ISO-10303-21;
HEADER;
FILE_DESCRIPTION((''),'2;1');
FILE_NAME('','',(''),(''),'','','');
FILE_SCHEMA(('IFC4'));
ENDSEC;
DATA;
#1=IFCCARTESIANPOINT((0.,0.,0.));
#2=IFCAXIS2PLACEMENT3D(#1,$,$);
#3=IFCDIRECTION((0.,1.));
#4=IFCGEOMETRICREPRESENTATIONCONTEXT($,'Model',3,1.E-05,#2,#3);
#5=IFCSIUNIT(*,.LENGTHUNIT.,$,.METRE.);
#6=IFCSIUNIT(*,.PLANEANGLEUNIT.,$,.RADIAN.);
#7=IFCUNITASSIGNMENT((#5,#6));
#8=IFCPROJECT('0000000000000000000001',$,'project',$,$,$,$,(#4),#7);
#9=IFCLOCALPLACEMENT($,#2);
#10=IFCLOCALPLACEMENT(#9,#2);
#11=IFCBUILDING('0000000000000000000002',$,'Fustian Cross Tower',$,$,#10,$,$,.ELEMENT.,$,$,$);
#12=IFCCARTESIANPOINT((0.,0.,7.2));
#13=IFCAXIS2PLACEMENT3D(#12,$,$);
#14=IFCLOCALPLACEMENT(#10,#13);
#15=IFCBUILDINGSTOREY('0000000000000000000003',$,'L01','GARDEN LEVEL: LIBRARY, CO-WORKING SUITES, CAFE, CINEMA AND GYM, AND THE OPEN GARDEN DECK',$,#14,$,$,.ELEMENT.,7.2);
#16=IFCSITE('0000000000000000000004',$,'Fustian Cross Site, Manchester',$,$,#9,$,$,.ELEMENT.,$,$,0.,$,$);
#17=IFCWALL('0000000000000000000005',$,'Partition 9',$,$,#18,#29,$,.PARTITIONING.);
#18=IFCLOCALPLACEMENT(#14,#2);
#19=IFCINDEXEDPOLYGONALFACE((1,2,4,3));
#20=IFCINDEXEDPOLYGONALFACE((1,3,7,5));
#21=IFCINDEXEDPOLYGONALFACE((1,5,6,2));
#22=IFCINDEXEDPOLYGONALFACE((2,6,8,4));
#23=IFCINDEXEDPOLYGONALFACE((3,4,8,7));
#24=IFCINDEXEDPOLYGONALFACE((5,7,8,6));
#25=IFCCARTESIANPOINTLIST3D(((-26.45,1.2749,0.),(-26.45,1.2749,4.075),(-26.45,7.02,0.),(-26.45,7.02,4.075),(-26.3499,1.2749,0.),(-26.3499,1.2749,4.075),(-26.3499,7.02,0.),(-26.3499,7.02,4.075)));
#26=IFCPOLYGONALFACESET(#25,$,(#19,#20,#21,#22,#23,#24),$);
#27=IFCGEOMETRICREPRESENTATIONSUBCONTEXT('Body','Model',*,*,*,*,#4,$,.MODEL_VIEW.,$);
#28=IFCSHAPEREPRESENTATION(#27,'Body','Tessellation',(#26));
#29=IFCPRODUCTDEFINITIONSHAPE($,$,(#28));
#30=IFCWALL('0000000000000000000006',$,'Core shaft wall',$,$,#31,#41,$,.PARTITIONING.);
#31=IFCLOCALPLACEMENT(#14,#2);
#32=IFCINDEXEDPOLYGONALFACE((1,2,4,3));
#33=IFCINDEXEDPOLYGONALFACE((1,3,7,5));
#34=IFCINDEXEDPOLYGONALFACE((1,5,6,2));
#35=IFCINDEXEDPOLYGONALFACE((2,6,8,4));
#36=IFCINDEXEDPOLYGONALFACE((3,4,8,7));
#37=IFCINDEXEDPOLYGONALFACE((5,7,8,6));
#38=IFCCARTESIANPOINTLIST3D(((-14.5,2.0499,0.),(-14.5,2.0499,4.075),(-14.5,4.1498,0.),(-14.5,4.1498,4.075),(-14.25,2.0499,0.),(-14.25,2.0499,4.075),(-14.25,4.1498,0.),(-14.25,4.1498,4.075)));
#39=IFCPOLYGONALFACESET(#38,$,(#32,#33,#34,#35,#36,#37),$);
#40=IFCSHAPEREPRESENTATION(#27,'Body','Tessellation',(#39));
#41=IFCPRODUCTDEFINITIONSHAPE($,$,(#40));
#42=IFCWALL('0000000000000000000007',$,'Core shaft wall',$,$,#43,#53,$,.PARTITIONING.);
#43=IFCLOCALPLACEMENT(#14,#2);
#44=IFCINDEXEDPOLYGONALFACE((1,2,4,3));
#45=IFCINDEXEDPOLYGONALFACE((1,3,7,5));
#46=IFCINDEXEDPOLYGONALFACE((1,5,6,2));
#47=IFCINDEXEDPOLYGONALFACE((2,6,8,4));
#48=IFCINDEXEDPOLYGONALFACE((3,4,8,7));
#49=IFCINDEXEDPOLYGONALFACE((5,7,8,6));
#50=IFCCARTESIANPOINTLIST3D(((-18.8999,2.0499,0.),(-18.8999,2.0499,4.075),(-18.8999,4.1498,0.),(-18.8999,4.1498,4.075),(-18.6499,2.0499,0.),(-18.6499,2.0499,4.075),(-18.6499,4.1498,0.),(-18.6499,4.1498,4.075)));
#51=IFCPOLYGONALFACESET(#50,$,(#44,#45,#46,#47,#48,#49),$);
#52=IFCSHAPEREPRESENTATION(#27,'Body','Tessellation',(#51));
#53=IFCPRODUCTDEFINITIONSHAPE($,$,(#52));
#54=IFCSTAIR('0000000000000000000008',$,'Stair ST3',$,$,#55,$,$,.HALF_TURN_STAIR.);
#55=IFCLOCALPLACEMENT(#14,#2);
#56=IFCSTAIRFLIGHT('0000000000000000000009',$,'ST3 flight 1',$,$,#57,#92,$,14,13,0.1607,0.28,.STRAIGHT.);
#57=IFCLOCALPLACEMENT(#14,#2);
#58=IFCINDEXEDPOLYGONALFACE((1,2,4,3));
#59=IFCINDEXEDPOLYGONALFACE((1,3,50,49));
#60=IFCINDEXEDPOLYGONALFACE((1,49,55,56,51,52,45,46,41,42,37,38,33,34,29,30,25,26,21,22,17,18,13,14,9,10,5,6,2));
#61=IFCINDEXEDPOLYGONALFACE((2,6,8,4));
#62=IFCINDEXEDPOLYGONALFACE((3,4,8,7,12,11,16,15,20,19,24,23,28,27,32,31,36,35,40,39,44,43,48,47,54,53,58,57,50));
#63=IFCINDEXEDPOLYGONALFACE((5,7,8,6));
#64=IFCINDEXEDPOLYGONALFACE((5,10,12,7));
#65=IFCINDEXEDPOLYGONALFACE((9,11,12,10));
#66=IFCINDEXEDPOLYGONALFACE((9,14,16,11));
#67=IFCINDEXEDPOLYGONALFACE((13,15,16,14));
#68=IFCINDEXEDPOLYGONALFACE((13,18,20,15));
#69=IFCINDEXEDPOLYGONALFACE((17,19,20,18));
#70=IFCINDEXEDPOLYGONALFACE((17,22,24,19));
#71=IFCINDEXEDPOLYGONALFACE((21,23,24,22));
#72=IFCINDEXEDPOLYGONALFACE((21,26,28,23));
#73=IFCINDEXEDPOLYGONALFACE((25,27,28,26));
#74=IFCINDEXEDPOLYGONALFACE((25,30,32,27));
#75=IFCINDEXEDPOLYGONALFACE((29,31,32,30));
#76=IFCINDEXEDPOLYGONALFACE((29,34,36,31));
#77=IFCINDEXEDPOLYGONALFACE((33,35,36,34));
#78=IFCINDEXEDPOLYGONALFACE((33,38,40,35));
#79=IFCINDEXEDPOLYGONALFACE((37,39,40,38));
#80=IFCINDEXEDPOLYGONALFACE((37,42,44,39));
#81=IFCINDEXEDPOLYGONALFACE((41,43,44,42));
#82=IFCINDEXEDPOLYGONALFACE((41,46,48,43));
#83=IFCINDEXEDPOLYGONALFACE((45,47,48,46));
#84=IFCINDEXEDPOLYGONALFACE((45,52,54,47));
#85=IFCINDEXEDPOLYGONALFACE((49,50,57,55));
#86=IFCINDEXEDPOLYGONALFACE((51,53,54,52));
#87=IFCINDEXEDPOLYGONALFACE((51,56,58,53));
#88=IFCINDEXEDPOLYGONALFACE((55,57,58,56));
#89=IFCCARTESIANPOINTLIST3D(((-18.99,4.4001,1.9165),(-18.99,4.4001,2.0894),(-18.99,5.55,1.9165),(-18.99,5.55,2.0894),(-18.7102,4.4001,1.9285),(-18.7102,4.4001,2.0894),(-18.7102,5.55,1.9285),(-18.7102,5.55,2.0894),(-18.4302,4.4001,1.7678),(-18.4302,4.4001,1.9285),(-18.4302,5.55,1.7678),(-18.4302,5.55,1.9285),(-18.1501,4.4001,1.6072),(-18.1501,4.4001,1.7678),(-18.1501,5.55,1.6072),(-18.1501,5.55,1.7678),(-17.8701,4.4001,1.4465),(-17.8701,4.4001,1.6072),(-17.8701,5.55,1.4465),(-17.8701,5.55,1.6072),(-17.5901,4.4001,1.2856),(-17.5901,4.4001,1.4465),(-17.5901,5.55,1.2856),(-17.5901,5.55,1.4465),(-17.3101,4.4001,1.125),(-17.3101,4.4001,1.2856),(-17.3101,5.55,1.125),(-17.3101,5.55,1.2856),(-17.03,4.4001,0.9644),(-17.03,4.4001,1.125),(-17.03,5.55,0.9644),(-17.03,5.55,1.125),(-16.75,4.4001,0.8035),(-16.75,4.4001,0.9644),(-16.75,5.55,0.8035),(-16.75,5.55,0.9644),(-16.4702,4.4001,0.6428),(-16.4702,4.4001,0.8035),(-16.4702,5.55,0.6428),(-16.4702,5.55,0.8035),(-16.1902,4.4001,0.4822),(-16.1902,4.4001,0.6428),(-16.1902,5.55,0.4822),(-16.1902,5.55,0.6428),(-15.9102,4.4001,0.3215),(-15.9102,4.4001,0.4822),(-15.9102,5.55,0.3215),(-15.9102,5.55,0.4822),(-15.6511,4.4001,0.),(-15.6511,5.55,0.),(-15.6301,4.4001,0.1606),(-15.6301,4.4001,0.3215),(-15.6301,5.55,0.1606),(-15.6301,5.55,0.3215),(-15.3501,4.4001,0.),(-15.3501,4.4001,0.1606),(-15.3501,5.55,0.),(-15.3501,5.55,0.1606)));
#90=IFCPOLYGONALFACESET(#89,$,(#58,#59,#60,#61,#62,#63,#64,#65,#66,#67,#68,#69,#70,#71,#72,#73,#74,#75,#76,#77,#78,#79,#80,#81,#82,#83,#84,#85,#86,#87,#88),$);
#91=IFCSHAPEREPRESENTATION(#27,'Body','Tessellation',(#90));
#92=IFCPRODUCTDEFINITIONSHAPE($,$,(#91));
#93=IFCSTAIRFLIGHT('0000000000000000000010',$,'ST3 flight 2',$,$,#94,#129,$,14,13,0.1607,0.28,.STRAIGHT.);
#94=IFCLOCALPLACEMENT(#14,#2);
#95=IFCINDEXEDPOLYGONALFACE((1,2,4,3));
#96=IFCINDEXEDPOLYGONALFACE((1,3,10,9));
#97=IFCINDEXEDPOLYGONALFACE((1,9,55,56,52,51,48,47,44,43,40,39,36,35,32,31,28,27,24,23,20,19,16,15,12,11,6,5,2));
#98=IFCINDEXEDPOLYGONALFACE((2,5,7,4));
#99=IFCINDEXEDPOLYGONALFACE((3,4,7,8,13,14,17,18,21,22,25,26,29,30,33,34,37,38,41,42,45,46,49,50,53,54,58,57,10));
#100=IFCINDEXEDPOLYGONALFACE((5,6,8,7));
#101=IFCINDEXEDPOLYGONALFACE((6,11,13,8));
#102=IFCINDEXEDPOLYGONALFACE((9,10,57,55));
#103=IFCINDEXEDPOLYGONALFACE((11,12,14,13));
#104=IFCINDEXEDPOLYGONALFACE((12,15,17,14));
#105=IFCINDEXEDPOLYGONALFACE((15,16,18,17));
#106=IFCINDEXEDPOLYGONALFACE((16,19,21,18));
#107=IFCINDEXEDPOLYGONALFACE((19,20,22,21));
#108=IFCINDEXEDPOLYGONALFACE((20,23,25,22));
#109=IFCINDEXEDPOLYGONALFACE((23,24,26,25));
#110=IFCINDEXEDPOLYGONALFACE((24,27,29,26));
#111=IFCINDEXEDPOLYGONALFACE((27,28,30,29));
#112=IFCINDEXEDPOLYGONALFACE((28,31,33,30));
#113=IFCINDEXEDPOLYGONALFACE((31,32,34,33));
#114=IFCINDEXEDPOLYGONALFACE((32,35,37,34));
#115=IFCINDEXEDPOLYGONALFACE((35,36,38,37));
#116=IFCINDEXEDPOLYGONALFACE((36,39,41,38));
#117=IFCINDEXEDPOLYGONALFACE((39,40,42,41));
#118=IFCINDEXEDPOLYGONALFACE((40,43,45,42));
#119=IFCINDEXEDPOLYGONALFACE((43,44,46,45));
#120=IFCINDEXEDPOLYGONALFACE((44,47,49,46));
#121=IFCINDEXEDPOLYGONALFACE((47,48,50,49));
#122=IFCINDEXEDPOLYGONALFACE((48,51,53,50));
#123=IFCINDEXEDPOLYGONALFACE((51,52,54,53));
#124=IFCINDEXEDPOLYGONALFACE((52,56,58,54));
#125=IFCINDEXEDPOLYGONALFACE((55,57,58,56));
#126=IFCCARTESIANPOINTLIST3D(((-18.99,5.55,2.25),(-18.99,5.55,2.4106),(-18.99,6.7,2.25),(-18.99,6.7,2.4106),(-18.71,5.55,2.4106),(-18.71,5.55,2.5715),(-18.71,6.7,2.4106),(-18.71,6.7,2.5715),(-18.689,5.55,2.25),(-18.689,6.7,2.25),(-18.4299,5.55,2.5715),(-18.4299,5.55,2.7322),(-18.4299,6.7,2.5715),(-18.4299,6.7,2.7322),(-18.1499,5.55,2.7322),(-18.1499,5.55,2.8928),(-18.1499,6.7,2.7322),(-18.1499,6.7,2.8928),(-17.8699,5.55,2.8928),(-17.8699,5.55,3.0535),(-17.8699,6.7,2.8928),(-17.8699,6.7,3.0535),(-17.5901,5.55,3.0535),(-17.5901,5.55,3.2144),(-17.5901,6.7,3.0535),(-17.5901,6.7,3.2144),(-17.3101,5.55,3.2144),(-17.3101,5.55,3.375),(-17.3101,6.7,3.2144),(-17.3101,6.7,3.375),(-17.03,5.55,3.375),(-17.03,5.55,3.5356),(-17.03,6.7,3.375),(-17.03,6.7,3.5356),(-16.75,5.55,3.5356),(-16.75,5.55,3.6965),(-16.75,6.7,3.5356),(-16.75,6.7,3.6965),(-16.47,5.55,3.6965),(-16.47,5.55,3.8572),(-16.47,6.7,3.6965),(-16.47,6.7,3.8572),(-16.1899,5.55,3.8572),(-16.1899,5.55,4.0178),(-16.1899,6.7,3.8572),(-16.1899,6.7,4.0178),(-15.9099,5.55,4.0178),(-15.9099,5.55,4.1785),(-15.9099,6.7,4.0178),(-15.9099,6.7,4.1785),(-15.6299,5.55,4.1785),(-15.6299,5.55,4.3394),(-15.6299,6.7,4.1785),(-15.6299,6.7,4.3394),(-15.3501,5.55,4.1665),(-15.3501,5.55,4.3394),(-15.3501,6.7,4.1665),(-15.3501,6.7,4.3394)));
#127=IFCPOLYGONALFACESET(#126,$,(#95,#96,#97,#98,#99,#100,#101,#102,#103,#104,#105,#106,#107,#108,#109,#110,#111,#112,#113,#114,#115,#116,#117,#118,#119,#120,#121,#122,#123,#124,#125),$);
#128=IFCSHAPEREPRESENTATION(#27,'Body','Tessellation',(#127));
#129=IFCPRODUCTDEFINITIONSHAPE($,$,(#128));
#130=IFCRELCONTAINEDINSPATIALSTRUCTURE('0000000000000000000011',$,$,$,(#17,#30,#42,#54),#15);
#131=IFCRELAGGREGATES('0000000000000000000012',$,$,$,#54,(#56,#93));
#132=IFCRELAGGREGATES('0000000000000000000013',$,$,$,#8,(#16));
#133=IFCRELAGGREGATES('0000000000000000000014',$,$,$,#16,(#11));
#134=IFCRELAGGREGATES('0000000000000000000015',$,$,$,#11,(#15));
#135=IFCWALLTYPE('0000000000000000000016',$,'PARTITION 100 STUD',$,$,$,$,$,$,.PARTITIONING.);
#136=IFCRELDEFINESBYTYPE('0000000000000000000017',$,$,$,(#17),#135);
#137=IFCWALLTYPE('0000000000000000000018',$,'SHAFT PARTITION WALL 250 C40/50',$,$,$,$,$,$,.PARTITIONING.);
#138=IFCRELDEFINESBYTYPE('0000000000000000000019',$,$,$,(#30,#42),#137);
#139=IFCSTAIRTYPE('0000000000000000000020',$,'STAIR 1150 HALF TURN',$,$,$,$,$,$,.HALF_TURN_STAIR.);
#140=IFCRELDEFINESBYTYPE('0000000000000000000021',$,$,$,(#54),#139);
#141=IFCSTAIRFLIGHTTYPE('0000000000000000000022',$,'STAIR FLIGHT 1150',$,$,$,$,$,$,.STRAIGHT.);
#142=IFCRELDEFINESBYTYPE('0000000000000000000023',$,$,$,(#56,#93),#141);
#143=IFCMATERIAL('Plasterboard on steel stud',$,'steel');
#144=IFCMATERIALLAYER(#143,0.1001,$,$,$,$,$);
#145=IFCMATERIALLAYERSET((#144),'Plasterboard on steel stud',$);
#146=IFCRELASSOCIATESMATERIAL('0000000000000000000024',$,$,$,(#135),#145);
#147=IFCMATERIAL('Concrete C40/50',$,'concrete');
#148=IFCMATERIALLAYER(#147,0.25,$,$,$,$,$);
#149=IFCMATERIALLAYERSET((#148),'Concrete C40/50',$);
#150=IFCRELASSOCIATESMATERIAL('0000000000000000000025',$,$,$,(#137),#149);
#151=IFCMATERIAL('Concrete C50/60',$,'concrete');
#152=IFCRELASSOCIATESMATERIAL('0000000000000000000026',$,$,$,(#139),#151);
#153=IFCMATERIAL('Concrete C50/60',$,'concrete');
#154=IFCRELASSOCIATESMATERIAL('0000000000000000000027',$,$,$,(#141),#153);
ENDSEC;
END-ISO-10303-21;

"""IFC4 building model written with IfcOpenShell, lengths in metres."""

from ifc_helpers import new_model, si_unit, direction, frame, frame_2d, origin, place, context, subcontext, project, spatial, polyline, rectangle, outline, extrude, material, layer, layer_set, type_object, element, aggregate, save


model = new_model("IFC4")

# Units and contexts
model_context = context("Model", 3, precision=1e-05, world=origin(), true_north=direction((0.0, 1.0)))
body_context = subcontext(model_context, "Body", "Model", "MODEL_VIEW")
ifc_project = project(units=[si_unit("LENGTHUNIT", "METRE"), si_unit("PLANEANGLEUNIT", "RADIAN")], contexts=[model_context])

# Site, building, storey
site_placement = place(None, origin())
site = spatial("IfcSite", under=ifc_project, at=site_placement, Name="Fustian Cross Site, Manchester", CompositionType="ELEMENT", RefElevation=0.0)
building_placement = place(site_placement, origin())
building = spatial("IfcBuilding", under=site, at=building_placement, Name="Fustian Cross Tower", CompositionType="ELEMENT")
storey_placement = place(building_placement, frame((0.0, 0.0, 7.2)))
storey = spatial("IfcBuildingStorey", under=building, at=storey_placement, Name="L01", Description="GARDEN LEVEL: LIBRARY, CO-WORKING SUITES, CAFE, CINEMA AND GYM, AND THE OPEN GARDEN DECK", CompositionType="ELEMENT", Elevation=7.2)

# Walls
ifc_material_1 = material(Name="Plasterboard on steel stud", Category="steel")
ifc_layer_1 = layer(ifc_material_1, 0.1001)
ifc_layer_set_1 = layer_set([ifc_layer_1], Name="Plasterboard on steel stud")
wall_type_1 = type_object("IfcWallType", Name="PARTITION 100 STUD", PredefinedType="PARTITIONING", material=ifc_layer_set_1)
wall_1_placement = place(storey_placement, frame((-26.3999, 1.2749, 0.0), z_axis=(0.0, 0.0, 1.0), x_axis=(0.0, 1.0, 0.0)))
element("IfcWall", 1, at=wall_1_placement, inside=storey, type_object=wall_type_1, Name="Partition 9", PredefinedType="PARTITIONING", context=body_context, shape_type="SweptSolid", body=[
    extrude(rectangle(XDim=5.7451, YDim=0.1001, at=frame_2d((2.8726, 0.0))), origin(), (0.0, 0.0, 1.0), 4.075),
])
ifc_material_2 = material(Name="Concrete C40/50", Category="concrete")
ifc_layer_2 = layer(ifc_material_2, 0.25)
ifc_layer_set_2 = layer_set([ifc_layer_2], Name="Concrete C40/50")
wall_type_2 = type_object("IfcWallType", Name="SHAFT PARTITION WALL 250 C40/50", PredefinedType="PARTITIONING", material=ifc_layer_set_2)
for number, where, z_axis, x_axis, name in (
    (2, (-14.375, 2.05, 0.0), (0.0, 0.0, 1.0), (0.0, 1.0, 0.0), "Core shaft wall"),
    (3, (-18.7749, 2.05, 0.0), (0.0, 0.0, 1.0), (0.0, 1.0, 0.0), "Core shaft wall"),
):
    element("IfcWall", number, at=place(storey_placement, frame(where, z_axis=z_axis, x_axis=x_axis)), inside=storey, type_object=wall_type_2, Name=name, PredefinedType="PARTITIONING", context=body_context, shape_type="SweptSolid", body=[
        extrude(rectangle(XDim=2.0999, YDim=0.25, at=frame_2d((1.0498, 0.0))), origin(), (0.0, 0.0, 1.0), 4.075),
    ])

# Stair, stair flights
ifc_material_3 = material(Name="Concrete C50/60", Category="concrete")
stair_type = type_object("IfcStairType", Name="STAIR 1150 HALF TURN", PredefinedType="HALF_TURN_STAIR", material=ifc_material_3)
stair_placement = place(storey_placement, origin())
stair = element("IfcStair", 4, at=stair_placement, inside=storey, type_object=stair_type, Name="Stair ST3", PredefinedType="HALF_TURN_STAIR")
ifc_material_4 = material(Name="Concrete C50/60", Category="concrete")
stair_flight_type = type_object("IfcStairFlightType", Name="STAIR FLIGHT 1150", PredefinedType="STRAIGHT", material=ifc_material_4)
stair_flight_1_placement = place(storey_placement, frame((-15.3501, 4.9751, 0.0), z_axis=(0.0, 0.0, 1.0), x_axis=(-1.0, 0.0, 0.0)))
stair_flight_1 = element("IfcStairFlight", 5, at=stair_flight_1_placement, type_object=stair_flight_type, Name="ST3 flight 1", NumberOfRisers=14, NumberOfTreads=13, PredefinedType="STRAIGHT", RiserHeight=0.1607, TreadLength=0.28, context=body_context, shape_type="SweptSolid", body=[
    extrude(outline(polyline([(0.0, 0.0), (0.0, 0.1606), (0.28, 0.1606), (0.28, 0.3215), (0.5601, 0.3215), (0.5601, 0.4822), (0.8401, 0.4822), (0.8401, 0.6428), (1.1201, 0.6428), (1.1201, 0.8035), (1.3999, 0.8035), (1.3999, 0.9644), (1.6799, 0.9644), (1.6799, 1.125), (1.96, 1.125), (1.96, 1.2856), (2.24, 1.2856), (2.24, 1.4465), (2.52, 1.4465), (2.52, 1.6072), (2.8, 1.6072), (2.8, 1.7678), (3.0801, 1.7678), (3.0801, 1.9285), (3.3601, 1.9285), (3.3601, 2.0894), (3.6399, 2.0894), (3.6399, 2.25), (3.6399, 1.9165), (0.301, 0.0), (0.0, 0.0)])), frame((0.0, 0.575, 0.0), z_axis=(0.0, -1.0, 0.0), x_axis=(1.0, 0.0, 0.0)), (0.0, 0.0, 1.0), 1.1499),
])
stair_flight_2_placement = place(storey_placement, frame((-18.99, 6.125, 2.25), z_axis=(0.0, 0.0, 1.0), x_axis=(1.0, 0.0, 0.0)))
stair_flight_2 = element("IfcStairFlight", 6, at=stair_flight_2_placement, type_object=stair_flight_type, Name="ST3 flight 2", NumberOfRisers=14, NumberOfTreads=13, PredefinedType="STRAIGHT", RiserHeight=0.1607, TreadLength=0.28, context=body_context, shape_type="SweptSolid", body=[
    extrude(outline(polyline([(0.0, 0.0), (0.0, 0.1606), (0.28, 0.1606), (0.28, 0.3215), (0.5601, 0.3215), (0.5601, 0.4822), (0.8401, 0.4822), (0.8401, 0.6428), (1.1201, 0.6428), (1.1201, 0.8035), (1.3999, 0.8035), (1.3999, 0.9644), (1.6799, 0.9644), (1.6799, 1.125), (1.96, 1.125), (1.96, 1.2856), (2.24, 1.2856), (2.24, 1.4465), (2.52, 1.4465), (2.52, 1.6072), (2.8, 1.6072), (2.8, 1.7678), (3.0801, 1.7678), (3.0801, 1.9285), (3.3601, 1.9285), (3.3601, 2.0894), (3.6399, 2.0894), (3.6399, 2.25), (3.6399, 1.9165), (0.301, 0.0), (0.0, 0.0)])), frame((0.0, 0.575, 0.0), z_axis=(0.0, -1.0, 0.0), x_axis=(1.0, 0.0, 0.0)), (0.0, 0.0, 1.0), 1.1499),
])
aggregate(stair, [stair_flight_1, stair_flight_2])

save(model, "model.ifc")
